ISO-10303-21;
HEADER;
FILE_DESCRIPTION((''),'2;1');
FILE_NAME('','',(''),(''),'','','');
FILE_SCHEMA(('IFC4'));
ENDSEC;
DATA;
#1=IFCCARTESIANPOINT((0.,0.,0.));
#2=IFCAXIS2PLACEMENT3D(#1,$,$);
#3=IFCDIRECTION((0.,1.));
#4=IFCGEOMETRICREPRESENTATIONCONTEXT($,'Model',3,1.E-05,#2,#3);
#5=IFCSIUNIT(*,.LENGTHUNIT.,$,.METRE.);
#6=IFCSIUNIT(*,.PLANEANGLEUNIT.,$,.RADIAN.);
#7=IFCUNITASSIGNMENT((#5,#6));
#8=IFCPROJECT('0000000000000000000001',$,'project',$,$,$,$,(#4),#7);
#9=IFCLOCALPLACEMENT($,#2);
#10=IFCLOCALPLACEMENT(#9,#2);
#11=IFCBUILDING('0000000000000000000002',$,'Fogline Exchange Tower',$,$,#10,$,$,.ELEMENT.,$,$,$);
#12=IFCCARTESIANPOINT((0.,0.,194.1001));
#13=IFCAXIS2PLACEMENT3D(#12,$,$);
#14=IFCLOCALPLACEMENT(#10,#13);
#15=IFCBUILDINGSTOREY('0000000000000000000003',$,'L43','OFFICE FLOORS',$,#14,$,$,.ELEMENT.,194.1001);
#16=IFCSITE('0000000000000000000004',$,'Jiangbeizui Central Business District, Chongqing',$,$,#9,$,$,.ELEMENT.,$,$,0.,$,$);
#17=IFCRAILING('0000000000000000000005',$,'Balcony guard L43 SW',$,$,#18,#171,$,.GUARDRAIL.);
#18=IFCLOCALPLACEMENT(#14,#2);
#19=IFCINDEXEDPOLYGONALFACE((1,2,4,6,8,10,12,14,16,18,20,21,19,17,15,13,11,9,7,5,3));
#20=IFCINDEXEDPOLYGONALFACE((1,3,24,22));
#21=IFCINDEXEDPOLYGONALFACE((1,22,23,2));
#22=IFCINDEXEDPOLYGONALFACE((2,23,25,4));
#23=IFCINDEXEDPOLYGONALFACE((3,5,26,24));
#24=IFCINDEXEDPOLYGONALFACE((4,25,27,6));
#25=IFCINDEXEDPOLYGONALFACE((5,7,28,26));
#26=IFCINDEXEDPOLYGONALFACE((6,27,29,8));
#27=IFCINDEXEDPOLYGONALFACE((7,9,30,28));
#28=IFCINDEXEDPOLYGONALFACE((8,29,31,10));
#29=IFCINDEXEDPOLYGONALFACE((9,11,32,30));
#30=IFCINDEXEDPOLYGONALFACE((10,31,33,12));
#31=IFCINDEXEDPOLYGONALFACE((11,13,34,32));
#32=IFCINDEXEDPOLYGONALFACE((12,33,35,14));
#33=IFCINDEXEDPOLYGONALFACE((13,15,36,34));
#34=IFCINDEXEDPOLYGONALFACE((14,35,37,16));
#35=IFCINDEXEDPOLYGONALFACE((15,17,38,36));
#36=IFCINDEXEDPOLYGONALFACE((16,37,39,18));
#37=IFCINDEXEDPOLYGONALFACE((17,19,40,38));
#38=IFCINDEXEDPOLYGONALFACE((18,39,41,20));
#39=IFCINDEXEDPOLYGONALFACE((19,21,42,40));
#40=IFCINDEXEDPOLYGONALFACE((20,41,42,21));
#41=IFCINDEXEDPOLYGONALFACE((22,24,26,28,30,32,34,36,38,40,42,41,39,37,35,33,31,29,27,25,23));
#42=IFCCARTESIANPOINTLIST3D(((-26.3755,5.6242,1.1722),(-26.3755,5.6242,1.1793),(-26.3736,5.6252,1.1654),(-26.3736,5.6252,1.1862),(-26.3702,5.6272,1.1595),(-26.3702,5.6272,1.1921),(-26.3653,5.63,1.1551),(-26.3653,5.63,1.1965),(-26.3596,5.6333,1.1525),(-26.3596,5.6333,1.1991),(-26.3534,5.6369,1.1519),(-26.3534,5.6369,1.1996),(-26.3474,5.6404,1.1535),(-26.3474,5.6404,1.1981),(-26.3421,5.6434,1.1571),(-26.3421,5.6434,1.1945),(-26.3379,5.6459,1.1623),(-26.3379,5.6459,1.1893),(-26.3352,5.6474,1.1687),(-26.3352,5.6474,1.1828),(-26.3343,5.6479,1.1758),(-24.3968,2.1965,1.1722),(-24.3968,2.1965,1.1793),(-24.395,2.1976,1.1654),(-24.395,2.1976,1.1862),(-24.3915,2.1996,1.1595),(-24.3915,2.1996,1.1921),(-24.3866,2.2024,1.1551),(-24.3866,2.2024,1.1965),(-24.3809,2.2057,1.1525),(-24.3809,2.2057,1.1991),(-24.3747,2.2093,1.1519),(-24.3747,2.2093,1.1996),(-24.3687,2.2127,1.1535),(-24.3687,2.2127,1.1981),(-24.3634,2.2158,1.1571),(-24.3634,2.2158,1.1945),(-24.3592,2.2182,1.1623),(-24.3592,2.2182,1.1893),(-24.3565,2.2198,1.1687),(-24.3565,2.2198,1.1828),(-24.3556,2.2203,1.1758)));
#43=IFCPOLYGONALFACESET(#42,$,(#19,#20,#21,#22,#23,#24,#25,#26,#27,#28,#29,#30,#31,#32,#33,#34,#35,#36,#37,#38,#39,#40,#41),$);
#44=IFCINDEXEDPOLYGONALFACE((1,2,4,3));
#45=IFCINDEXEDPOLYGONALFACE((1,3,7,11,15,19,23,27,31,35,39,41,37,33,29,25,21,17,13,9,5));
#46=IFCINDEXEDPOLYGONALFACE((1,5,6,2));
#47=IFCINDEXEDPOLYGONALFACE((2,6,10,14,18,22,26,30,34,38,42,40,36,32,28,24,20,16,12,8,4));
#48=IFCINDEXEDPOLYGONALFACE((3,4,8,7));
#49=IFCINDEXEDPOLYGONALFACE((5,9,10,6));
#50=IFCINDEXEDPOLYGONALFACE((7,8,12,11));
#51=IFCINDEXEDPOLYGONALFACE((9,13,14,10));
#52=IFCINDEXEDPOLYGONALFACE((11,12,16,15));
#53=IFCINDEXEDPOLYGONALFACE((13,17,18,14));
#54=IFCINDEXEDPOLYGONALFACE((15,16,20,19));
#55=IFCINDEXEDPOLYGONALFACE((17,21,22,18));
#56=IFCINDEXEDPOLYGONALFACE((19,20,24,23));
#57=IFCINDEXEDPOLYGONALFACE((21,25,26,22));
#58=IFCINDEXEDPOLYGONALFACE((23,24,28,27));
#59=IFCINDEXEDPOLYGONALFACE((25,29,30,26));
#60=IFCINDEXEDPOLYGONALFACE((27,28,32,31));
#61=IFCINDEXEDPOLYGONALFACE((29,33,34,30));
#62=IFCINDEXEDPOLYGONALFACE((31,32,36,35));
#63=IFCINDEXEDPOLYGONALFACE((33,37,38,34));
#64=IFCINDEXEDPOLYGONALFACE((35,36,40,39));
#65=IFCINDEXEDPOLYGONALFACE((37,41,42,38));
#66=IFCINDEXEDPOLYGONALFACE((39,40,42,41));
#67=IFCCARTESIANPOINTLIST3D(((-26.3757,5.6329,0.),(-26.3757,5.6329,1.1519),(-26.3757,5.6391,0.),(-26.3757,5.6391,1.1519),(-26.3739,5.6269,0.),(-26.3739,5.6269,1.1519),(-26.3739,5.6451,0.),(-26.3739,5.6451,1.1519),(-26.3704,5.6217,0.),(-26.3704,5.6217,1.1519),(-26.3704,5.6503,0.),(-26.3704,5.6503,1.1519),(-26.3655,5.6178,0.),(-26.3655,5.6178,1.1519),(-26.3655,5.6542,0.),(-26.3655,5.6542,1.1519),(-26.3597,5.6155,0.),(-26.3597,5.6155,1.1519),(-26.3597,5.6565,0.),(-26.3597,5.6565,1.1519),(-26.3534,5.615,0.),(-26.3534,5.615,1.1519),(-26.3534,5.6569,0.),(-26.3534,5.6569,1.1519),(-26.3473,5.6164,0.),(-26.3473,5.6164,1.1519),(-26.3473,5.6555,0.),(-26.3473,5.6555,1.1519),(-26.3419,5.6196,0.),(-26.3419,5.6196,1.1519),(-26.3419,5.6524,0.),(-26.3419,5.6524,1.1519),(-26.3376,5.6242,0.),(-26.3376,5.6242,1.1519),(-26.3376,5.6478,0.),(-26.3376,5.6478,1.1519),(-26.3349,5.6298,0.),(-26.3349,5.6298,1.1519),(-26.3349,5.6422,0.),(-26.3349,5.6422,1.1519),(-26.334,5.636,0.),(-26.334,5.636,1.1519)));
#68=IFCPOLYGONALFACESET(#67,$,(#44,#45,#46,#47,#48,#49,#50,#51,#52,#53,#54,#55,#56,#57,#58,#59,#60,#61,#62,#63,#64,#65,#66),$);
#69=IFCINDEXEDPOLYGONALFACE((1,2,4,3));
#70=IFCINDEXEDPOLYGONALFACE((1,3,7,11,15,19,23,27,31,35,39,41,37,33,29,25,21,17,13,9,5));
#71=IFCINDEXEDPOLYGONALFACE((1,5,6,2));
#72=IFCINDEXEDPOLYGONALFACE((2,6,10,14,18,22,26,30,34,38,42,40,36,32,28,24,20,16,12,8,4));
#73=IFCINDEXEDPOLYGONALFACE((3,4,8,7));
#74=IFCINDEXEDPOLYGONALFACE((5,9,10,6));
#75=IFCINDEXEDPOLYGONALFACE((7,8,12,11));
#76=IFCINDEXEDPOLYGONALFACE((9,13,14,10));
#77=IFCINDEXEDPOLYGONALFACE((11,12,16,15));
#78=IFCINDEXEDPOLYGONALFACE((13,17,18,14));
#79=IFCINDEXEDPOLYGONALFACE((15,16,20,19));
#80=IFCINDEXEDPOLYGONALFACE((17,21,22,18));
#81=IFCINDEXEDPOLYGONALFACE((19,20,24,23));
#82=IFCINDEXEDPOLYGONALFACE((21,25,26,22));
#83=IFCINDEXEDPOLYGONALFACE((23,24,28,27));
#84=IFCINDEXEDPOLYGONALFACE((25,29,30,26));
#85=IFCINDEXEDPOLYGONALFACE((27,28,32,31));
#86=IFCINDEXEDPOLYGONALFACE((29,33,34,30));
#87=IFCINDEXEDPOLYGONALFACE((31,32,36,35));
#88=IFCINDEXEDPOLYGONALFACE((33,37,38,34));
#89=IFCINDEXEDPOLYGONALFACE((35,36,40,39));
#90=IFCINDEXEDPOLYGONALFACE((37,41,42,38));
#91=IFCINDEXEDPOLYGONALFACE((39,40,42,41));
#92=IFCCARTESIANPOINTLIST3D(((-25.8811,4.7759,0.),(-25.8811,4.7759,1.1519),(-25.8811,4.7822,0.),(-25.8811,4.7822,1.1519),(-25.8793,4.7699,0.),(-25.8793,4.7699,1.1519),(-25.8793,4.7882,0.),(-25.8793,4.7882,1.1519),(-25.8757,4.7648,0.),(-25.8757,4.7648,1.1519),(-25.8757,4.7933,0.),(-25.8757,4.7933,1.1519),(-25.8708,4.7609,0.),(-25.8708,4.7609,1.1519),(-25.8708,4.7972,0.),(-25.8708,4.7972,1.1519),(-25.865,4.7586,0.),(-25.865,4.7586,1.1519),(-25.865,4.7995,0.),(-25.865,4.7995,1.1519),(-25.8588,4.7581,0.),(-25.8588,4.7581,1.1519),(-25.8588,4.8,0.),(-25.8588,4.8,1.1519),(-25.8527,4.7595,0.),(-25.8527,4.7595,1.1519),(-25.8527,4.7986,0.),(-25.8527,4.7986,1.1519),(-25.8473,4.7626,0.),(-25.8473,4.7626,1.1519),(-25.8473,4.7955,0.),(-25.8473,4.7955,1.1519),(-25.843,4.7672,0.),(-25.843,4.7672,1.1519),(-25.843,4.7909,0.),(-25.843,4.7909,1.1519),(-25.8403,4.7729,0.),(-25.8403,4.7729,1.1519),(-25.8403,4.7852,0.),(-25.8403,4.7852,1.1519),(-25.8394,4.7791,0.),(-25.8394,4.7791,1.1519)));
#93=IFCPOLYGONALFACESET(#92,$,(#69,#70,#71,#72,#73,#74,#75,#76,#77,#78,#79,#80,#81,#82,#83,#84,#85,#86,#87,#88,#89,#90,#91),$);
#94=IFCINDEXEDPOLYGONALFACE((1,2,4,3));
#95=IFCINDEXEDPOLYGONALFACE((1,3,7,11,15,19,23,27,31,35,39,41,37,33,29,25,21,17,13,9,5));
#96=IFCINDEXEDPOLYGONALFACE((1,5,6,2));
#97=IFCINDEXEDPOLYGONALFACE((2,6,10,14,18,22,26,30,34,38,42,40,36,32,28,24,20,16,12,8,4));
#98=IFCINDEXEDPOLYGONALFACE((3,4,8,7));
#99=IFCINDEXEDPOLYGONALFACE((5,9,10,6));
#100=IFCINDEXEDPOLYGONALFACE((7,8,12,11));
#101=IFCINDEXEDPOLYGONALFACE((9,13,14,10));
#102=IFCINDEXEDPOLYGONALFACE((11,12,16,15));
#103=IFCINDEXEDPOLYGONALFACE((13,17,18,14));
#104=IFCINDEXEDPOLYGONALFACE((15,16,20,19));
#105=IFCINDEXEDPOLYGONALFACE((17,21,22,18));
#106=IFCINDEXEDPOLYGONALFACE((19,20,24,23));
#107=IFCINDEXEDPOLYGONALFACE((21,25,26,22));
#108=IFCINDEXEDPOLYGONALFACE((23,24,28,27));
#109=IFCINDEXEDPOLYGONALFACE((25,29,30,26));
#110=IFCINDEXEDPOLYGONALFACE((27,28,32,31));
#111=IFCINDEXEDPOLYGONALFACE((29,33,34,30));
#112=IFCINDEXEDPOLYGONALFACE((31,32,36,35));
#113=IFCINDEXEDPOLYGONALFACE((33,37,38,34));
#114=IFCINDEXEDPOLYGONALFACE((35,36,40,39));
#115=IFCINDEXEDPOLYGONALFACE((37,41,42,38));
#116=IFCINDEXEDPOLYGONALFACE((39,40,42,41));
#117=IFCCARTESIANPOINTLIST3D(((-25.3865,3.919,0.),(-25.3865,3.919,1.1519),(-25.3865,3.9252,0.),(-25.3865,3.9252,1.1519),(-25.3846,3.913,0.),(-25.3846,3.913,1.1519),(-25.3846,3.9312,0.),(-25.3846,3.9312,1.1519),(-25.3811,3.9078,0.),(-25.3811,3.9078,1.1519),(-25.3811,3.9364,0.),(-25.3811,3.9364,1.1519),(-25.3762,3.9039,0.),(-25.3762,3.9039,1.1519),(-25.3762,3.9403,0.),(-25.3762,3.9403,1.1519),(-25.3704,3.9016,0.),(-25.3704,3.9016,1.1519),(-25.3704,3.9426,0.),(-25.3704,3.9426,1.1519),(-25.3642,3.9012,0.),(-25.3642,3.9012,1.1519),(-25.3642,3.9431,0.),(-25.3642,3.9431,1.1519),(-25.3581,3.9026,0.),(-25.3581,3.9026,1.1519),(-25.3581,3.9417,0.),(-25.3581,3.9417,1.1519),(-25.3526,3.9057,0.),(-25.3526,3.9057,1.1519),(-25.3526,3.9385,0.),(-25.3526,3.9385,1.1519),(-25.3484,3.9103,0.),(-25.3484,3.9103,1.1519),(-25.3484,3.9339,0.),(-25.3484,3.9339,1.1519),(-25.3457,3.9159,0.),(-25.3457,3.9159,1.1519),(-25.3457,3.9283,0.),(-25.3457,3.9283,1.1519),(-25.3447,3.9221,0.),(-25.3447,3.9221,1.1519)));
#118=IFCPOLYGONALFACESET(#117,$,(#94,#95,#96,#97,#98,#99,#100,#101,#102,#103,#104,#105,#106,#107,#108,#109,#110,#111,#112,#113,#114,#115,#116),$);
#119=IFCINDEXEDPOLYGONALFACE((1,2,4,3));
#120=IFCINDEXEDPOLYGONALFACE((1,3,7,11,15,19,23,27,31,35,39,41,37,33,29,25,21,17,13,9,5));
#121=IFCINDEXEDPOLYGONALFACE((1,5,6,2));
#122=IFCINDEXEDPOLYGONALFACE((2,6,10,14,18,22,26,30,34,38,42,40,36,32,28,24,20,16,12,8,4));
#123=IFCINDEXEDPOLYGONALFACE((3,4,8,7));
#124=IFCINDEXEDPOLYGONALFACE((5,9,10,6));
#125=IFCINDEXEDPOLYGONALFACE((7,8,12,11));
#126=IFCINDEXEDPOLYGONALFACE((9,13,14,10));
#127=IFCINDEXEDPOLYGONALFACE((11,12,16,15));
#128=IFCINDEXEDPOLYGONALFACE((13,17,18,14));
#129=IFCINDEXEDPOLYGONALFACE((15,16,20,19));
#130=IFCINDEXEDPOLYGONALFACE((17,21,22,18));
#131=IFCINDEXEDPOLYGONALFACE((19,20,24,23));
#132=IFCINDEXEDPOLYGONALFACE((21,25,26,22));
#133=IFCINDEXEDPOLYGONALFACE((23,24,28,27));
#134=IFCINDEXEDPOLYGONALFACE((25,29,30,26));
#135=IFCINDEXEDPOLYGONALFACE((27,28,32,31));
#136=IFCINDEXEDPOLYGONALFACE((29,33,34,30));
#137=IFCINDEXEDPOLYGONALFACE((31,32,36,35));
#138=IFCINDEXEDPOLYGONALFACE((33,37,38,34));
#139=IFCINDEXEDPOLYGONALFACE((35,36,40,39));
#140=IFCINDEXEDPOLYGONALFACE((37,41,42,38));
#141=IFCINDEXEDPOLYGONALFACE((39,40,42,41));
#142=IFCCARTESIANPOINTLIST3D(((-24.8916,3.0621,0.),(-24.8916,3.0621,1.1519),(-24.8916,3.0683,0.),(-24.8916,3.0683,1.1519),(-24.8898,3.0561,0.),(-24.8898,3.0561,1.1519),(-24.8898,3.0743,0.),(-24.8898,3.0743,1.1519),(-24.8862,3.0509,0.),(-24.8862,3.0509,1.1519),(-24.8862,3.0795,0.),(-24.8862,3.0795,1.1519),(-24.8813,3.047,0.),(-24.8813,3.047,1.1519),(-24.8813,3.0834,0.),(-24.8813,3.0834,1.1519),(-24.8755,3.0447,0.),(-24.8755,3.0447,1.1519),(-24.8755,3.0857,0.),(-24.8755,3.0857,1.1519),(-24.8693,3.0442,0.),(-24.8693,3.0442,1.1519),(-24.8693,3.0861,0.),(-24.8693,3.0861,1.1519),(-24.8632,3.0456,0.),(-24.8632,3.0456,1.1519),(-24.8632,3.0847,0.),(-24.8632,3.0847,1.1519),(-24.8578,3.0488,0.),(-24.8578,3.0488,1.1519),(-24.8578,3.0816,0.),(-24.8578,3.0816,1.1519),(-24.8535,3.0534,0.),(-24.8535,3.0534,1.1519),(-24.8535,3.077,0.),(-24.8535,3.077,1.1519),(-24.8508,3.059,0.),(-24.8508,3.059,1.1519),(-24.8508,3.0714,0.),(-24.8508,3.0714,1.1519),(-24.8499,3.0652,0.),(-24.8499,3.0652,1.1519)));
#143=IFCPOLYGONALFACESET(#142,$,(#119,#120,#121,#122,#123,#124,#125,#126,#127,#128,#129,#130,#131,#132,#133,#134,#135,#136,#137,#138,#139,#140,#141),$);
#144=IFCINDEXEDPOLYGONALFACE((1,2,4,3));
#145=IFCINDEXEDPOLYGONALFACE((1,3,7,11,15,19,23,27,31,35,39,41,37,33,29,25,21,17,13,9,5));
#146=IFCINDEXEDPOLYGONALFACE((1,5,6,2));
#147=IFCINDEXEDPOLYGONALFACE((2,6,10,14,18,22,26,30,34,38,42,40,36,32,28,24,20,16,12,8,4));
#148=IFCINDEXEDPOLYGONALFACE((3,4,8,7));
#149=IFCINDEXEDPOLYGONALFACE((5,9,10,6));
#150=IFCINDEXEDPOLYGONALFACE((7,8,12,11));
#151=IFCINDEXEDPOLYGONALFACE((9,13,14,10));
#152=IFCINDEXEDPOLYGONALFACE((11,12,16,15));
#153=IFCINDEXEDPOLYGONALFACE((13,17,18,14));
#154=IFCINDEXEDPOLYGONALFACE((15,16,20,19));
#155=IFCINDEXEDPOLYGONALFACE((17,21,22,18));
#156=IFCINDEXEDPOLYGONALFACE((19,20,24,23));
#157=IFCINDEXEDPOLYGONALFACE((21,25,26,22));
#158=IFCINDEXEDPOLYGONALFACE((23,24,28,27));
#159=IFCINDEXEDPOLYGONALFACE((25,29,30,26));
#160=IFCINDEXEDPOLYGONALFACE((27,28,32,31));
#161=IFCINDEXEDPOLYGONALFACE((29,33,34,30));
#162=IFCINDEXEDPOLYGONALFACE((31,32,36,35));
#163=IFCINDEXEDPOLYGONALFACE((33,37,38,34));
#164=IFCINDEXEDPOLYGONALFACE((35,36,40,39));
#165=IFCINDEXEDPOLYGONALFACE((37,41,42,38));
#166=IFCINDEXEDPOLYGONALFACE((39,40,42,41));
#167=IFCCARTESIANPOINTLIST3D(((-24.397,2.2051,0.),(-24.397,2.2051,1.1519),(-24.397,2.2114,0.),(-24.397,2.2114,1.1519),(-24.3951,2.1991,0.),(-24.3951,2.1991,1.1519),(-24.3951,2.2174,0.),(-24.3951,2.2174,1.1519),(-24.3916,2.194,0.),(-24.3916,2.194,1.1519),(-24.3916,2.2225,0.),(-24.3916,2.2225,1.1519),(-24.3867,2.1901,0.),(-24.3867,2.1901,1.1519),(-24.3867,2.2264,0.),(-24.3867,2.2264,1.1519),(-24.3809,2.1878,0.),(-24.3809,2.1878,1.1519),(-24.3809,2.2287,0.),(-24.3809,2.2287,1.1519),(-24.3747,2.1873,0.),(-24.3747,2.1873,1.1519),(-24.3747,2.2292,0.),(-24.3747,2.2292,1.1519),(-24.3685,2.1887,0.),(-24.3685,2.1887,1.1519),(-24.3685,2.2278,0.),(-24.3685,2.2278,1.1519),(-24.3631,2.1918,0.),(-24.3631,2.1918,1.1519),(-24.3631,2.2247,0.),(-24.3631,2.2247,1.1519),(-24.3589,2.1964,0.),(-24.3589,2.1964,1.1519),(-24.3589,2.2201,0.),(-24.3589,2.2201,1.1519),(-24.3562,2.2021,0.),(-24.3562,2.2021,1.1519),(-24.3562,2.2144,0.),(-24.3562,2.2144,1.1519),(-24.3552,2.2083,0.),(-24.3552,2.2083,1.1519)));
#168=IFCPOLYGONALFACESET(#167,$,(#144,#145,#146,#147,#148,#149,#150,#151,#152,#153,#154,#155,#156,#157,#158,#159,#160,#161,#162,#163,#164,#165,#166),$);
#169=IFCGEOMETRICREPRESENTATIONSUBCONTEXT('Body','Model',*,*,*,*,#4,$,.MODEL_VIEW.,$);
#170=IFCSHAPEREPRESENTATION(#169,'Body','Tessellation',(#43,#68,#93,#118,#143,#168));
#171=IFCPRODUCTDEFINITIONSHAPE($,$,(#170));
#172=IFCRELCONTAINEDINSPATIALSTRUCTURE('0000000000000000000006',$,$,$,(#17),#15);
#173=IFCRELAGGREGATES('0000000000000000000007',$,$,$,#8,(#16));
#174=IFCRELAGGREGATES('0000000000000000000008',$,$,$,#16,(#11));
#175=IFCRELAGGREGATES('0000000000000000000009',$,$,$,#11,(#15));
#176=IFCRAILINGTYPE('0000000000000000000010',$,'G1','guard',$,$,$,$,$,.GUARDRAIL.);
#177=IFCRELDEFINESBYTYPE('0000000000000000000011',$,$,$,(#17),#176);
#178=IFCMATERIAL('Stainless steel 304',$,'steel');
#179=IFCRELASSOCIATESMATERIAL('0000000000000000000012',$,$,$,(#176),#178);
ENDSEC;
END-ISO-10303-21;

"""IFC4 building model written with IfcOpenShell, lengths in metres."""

from ifc_helpers import new_model, si_unit, direction, frame, origin, origin_2d, place, context, subcontext, project, spatial, circle, extrude, material, type_object, element, save


model = new_model("IFC4")

# Units and contexts
model_context = context("Model", 3, precision=1e-05, world=origin(), true_north=direction((0.0, 1.0)))
body_context = subcontext(model_context, "Body", "Model", "MODEL_VIEW")
ifc_project = project(units=[si_unit("LENGTHUNIT", "METRE"), si_unit("PLANEANGLEUNIT", "RADIAN")], contexts=[model_context])

# Site, building, storey
site_placement = place(None, origin())
site = spatial("IfcSite", under=ifc_project, at=site_placement, Name="Jiangbeizui Central Business District, Chongqing", CompositionType="ELEMENT", RefElevation=0.0)
building_placement = place(site_placement, origin())
building = spatial("IfcBuilding", under=site, at=building_placement, Name="Fogline Exchange Tower", CompositionType="ELEMENT")
storey_placement = place(building_placement, frame((0.0, 0.0, 194.1001)))
storey = spatial("IfcBuildingStorey", under=building, at=storey_placement, Name="L43", Description="OFFICE FLOORS", CompositionType="ELEMENT", Elevation=194.1001)

# Railing
ifc_material_1 = material(Name="Stainless steel 304", Category="steel")
railing_type = type_object("IfcRailingType", Name="G1", Description="guard", PredefinedType="GUARDRAIL", material=ifc_material_1)
railing_placement = place(storey_placement, frame((-26.355, 5.636, 0.0)))
element("IfcRailing", 1, at=railing_placement, inside=storey, type_object=railing_type, Name="Balcony guard L43 SW", PredefinedType="GUARDRAIL", context=body_context, shape_type="SweptSolid", body=[
    extrude(circle(Radius=0.0239, at=origin_2d()), frame((0.0, 0.0, 1.1758), z_axis=(0.499954, -0.866052, 0.0), x_axis=(0.866052, 0.499954, 0.0)), (0.0, 0.0, 1.0), 3.9578),
    extrude(circle(Radius=0.021, at=origin_2d()), origin(), (0.0, 0.0, 1.0), 1.1519),
    extrude(circle(Radius=0.021, at=origin_2d()), frame((0.4946, -0.8569, 0.0)), (0.0, 0.0, 1.0), 1.1519),
    extrude(circle(Radius=0.021, at=origin_2d()), frame((0.9893, -1.7139, 0.0)), (0.0, 0.0, 1.0), 1.1519),
    extrude(circle(Radius=0.021, at=origin_2d()), frame((1.4841, -2.5708, 0.0)), (0.0, 0.0, 1.0), 1.1519),
    extrude(circle(Radius=0.021, at=origin_2d()), frame((1.9788, -3.4277, 0.0)), (0.0, 0.0, 1.0), 1.1519),
])

save(model, "model.ifc")
